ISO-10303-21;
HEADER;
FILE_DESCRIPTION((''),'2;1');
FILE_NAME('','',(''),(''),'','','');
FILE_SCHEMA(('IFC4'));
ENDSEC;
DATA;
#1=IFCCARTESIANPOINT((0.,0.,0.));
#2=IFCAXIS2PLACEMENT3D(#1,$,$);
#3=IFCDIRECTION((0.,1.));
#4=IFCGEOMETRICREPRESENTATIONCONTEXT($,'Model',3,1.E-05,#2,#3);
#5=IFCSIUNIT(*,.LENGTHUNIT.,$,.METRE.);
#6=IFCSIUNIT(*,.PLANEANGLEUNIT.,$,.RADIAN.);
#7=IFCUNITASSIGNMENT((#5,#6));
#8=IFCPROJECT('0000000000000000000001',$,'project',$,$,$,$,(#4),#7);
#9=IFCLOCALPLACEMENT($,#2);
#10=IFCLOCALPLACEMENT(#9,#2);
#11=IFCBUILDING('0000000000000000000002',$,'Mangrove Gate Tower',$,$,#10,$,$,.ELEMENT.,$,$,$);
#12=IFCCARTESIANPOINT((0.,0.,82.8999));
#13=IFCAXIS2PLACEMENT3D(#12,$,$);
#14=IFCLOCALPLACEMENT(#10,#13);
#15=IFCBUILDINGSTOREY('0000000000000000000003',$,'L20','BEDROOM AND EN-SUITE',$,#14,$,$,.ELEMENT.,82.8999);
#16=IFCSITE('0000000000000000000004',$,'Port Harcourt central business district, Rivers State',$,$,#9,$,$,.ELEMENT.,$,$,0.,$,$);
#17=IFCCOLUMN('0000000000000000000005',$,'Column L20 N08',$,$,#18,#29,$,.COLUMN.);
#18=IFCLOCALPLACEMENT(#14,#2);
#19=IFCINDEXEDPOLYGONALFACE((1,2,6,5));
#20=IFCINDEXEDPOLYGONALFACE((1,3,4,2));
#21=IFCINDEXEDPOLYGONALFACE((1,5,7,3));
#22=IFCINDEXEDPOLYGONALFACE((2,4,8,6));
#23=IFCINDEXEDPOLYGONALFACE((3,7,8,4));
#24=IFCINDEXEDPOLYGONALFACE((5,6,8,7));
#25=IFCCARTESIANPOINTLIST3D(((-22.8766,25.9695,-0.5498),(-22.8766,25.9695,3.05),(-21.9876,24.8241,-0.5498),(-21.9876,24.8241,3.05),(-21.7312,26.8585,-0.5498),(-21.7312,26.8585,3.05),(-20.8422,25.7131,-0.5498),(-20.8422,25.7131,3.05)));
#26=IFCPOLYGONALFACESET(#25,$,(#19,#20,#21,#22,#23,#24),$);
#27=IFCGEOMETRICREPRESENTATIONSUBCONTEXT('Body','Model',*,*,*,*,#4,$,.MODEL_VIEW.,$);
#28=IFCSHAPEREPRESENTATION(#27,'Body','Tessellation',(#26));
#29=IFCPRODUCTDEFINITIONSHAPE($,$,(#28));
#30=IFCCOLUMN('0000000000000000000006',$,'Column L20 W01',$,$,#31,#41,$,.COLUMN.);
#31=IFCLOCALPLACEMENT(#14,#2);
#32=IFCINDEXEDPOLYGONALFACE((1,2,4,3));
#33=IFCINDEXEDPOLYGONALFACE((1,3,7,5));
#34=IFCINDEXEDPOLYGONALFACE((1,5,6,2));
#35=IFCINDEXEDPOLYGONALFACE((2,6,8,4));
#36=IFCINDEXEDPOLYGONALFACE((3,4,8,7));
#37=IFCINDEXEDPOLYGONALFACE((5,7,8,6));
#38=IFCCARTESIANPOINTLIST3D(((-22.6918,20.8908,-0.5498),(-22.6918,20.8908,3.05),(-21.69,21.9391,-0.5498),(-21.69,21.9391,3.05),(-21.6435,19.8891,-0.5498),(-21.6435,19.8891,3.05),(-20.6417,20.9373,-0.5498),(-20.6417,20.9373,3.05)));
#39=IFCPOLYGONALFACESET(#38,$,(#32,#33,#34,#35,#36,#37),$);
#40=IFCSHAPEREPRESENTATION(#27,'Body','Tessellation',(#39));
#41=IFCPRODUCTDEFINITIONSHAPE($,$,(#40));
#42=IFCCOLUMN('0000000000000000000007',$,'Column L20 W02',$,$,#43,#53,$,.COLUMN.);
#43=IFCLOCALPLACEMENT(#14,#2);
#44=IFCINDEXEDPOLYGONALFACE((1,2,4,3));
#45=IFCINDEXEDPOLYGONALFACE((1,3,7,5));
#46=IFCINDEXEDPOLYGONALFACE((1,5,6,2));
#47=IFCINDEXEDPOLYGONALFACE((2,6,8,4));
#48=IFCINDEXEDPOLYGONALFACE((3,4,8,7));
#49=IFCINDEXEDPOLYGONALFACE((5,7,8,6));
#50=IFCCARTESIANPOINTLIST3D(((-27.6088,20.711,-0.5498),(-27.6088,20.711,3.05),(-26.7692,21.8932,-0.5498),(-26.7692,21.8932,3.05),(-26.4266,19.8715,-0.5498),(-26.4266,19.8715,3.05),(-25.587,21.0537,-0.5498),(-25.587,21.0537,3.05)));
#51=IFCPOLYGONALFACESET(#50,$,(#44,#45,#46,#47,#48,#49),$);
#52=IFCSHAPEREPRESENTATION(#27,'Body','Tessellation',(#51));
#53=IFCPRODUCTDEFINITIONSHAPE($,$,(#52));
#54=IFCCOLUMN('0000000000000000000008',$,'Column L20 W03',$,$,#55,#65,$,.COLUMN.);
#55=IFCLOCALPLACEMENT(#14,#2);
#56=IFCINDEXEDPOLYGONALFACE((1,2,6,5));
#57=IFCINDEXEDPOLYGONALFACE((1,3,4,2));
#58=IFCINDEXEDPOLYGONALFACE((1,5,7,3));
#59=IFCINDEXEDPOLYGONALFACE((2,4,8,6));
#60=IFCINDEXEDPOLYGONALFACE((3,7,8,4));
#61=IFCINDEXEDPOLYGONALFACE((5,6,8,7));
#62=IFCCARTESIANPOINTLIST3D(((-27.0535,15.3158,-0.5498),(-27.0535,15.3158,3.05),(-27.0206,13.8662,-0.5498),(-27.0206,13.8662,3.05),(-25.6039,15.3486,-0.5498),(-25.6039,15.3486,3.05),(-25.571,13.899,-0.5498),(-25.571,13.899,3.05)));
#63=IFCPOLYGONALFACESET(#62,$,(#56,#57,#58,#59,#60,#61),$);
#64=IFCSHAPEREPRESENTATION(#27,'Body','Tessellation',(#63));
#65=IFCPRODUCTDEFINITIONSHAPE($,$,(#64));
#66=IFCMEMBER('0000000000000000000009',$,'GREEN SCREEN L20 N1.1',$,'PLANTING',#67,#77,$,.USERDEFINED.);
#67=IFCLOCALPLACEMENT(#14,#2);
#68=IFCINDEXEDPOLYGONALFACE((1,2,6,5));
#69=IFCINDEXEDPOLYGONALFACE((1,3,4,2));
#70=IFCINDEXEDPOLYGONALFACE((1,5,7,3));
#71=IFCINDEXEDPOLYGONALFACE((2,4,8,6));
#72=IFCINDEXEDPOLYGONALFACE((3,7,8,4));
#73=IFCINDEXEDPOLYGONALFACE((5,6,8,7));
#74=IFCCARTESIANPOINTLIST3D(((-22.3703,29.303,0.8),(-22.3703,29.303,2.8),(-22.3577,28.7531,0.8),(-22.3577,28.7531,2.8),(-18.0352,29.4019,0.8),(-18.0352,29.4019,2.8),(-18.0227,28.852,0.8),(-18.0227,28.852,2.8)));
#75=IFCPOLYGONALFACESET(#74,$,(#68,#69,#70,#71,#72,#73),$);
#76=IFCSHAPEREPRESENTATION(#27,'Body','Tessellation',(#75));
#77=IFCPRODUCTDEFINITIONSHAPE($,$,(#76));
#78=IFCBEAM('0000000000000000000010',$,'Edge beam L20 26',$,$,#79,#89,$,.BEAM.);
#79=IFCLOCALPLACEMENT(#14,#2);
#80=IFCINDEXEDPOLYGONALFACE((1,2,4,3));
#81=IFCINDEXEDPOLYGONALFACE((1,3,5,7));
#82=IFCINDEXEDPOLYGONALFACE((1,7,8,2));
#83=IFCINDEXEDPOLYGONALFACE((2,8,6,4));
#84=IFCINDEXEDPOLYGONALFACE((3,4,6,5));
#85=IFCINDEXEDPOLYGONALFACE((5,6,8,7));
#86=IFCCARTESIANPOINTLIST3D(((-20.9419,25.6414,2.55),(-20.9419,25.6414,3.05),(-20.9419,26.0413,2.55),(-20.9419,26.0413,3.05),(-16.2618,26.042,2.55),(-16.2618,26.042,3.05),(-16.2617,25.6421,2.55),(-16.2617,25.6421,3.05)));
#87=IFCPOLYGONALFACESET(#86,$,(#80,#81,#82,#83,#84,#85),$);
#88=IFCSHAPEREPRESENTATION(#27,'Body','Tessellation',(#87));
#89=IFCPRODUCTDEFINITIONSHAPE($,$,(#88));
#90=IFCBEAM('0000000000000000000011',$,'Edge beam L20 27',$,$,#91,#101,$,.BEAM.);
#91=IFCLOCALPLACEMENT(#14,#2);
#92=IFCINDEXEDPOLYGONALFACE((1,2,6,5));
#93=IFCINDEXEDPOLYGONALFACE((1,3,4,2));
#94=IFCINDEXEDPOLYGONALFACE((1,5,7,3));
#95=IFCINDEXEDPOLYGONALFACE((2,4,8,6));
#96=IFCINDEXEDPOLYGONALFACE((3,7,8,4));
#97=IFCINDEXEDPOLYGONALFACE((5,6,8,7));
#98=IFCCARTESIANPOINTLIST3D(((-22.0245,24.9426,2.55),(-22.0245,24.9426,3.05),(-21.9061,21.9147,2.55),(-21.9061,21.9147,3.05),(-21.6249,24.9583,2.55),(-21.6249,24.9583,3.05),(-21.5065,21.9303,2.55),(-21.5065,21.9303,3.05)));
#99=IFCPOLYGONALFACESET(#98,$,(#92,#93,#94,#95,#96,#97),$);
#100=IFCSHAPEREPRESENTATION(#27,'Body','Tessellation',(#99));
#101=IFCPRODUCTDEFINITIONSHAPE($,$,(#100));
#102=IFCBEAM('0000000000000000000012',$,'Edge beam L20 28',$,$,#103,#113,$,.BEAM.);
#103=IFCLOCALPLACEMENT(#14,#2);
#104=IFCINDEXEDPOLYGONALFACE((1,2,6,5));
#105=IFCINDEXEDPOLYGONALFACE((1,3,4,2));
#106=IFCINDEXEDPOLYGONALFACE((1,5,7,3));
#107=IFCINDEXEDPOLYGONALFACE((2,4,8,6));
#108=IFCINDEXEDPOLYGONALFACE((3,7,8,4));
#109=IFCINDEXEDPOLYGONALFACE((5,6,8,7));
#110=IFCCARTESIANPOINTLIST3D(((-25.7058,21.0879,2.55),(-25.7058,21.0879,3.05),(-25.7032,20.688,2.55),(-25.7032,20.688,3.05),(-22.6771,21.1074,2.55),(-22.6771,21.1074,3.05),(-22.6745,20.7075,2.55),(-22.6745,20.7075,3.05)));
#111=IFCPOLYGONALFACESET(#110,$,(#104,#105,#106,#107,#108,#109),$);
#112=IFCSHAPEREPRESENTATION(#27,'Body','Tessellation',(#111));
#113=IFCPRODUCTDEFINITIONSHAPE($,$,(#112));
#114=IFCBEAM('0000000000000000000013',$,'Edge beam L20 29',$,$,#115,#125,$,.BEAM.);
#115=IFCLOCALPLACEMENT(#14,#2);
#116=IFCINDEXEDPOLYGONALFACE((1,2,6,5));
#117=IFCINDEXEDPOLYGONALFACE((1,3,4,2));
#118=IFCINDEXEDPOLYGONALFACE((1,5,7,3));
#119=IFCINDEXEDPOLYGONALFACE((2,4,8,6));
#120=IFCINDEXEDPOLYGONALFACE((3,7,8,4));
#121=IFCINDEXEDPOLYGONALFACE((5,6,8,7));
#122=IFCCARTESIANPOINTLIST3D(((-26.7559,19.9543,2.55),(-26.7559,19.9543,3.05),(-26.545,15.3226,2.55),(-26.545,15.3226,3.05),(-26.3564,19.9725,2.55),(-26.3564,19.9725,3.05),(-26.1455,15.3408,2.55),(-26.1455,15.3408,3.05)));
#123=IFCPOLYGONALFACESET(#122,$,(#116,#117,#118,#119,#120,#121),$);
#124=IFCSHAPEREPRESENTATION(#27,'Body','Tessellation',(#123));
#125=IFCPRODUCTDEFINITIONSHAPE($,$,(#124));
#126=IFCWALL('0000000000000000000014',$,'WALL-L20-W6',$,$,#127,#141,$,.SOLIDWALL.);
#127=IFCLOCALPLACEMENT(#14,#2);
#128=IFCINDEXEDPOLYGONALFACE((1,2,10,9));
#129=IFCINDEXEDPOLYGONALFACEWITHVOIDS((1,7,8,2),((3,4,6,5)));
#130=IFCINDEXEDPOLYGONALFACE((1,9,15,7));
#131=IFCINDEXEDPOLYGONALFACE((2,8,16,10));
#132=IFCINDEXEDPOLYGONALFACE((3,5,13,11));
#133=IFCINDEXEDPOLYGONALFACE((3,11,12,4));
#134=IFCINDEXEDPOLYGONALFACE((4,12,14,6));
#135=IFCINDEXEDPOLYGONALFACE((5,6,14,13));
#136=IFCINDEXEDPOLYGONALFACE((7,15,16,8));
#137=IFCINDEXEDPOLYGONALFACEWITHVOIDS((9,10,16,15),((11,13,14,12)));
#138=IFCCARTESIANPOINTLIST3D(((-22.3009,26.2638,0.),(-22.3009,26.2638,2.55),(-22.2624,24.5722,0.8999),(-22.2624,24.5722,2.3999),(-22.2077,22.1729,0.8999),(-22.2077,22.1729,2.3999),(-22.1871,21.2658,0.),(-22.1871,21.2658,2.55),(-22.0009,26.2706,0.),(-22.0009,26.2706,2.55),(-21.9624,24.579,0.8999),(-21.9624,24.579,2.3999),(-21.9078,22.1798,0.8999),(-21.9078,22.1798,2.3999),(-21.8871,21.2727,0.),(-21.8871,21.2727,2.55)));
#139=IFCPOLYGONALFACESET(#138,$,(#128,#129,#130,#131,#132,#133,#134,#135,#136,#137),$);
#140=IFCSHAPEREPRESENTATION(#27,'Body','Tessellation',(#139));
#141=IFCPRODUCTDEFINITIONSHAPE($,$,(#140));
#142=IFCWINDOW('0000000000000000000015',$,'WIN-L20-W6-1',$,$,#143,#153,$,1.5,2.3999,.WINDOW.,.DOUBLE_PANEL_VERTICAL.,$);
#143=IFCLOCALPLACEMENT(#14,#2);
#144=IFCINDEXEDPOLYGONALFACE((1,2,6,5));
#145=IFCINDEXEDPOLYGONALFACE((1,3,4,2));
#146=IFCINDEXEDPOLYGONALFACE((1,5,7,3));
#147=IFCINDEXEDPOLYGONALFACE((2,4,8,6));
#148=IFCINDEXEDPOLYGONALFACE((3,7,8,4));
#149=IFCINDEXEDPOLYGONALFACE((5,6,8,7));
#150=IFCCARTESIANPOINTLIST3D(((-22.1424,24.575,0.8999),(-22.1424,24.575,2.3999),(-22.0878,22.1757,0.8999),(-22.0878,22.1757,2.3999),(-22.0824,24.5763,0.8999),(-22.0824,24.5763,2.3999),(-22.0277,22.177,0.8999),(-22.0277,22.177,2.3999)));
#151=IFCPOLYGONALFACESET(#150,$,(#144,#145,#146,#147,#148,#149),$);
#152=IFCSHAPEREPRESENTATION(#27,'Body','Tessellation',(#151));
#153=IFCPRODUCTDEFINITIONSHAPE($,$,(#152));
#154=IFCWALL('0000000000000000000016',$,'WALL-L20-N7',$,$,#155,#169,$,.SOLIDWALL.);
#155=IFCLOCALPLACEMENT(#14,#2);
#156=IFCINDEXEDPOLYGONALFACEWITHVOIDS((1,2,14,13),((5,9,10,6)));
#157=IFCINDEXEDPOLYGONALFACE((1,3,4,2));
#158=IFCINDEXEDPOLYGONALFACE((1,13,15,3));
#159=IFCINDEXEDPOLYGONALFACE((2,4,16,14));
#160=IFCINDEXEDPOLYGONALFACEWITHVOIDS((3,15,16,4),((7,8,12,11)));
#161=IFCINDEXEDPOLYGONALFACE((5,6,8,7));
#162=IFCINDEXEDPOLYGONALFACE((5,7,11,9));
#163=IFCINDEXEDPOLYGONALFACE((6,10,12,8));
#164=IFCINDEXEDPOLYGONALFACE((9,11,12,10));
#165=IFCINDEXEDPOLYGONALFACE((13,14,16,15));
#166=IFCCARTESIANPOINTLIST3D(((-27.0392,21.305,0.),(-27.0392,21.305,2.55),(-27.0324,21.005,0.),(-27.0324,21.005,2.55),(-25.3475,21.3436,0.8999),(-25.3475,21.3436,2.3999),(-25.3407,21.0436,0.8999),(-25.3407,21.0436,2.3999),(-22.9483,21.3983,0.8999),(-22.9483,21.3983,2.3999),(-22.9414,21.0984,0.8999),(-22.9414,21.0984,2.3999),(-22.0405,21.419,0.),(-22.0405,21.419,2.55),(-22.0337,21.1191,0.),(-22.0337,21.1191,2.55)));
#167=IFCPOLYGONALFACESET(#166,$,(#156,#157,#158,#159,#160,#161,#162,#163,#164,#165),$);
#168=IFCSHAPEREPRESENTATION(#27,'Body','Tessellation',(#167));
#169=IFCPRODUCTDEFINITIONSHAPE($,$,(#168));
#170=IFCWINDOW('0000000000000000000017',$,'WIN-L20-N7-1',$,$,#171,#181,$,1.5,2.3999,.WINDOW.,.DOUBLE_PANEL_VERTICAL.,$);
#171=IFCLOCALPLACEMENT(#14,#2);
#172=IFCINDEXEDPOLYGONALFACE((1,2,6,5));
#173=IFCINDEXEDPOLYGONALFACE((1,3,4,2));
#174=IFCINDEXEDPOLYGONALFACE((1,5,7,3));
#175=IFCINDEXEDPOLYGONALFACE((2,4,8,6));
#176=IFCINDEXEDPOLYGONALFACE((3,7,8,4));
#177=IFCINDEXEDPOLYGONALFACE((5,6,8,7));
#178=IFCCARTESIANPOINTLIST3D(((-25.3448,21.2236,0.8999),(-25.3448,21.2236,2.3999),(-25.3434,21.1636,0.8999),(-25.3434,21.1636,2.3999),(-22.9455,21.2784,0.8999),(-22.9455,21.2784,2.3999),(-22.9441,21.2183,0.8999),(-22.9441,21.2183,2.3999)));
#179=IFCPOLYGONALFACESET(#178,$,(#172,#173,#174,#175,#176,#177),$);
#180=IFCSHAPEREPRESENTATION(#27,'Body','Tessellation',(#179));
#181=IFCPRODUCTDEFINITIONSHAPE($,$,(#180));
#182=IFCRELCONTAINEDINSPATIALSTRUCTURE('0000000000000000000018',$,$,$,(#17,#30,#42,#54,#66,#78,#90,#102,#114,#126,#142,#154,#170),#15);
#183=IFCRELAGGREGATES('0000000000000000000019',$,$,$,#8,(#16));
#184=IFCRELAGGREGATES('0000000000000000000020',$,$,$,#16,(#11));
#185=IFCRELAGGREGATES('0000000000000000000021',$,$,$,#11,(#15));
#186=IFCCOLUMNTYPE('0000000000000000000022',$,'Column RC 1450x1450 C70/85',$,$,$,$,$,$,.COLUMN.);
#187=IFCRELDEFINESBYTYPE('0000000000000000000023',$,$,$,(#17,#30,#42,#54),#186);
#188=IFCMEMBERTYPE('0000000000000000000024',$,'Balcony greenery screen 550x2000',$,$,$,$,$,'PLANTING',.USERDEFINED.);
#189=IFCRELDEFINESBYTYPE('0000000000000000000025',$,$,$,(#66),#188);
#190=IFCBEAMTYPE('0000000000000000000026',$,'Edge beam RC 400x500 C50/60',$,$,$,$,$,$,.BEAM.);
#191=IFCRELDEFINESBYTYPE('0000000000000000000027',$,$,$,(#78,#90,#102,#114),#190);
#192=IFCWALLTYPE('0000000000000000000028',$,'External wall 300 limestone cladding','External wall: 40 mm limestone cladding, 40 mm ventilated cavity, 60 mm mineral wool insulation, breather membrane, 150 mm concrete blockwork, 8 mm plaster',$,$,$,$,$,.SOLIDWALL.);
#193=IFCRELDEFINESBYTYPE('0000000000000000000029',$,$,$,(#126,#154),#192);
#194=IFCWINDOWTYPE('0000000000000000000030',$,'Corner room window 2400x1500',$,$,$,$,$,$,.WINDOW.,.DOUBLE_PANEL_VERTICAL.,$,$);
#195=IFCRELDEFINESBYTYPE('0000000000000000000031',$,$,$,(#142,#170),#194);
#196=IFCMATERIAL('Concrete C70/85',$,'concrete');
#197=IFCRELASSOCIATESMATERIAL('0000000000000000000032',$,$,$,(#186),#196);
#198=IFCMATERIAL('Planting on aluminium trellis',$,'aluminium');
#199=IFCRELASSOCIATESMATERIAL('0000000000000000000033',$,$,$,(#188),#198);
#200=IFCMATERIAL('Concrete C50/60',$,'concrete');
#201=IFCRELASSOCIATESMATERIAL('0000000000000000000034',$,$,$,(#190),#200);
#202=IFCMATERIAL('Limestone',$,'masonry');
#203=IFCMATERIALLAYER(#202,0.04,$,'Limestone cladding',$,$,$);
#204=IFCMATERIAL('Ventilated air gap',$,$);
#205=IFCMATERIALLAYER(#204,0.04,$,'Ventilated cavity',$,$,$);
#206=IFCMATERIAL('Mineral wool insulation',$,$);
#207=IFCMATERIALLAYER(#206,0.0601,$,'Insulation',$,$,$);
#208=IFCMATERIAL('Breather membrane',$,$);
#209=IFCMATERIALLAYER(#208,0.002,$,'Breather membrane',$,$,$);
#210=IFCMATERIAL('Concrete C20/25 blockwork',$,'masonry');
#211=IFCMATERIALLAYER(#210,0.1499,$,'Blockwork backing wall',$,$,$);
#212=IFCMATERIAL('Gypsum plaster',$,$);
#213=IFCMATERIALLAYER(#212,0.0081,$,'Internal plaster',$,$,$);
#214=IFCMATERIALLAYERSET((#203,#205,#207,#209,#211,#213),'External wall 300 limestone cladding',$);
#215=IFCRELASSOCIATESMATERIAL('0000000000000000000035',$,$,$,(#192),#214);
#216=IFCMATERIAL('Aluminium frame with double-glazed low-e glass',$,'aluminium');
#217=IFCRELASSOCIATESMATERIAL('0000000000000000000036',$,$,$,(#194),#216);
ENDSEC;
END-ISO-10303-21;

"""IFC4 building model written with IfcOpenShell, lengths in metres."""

from ifc_helpers import new_model, si_unit, direction, frame, frame_2d, origin, origin_2d, place, context, subcontext, project, spatial, rectangle, extrude, material, layer, layer_set, material_profile, profile_set, type_object, element, fill, save


model = new_model("IFC4")

# Units and contexts
model_context = context("Model", 3, precision=1e-05, world=origin(), true_north=direction((0.0, 1.0)))
body_context = subcontext(model_context, "Body", "Model", "MODEL_VIEW")
ifc_project = project(units=[si_unit("LENGTHUNIT", "METRE"), si_unit("PLANEANGLEUNIT", "RADIAN")], contexts=[model_context])

# Site, building, storey
site_placement = place(None, origin())
site = spatial("IfcSite", under=ifc_project, at=site_placement, Name="Port Harcourt central business district, Rivers State", CompositionType="ELEMENT", RefElevation=0.0)
building_placement = place(site_placement, origin())
building = spatial("IfcBuilding", under=site, at=building_placement, Name="Mangrove Gate Tower", CompositionType="ELEMENT")
storey_placement = place(building_placement, frame((0.0, 0.0, 82.8999)))
storey = spatial("IfcBuildingStorey", under=building, at=storey_placement, Name="L20", Description="BEDROOM AND EN-SUITE", CompositionType="ELEMENT", Elevation=82.8999)

# Columns
ifc_material_1 = material(Name="Concrete C70/85", Category="concrete")
ifc_material_profile_1 = material_profile(ifc_material_1, rectangle(XDim=1.45, YDim=1.45, at=origin_2d()))
ifc_profile_set_1 = profile_set([ifc_material_profile_1], Name="Concrete C70/85")
column_type = type_object("IfcColumnType", Name="Column RC 1450x1450 C70/85", PredefinedType="COLUMN", material=ifc_profile_set_1)
for number, where, z_axis, x_axis, name in (
    (1, (-21.8594, 25.8413, -0.5498), (0.0, 0.0, 1.0), (-0.78998, -0.613133, 0.0), "Column L20 N08"),
    (2, (-21.6667, 20.9141, -0.5498), (0.0, 0.0, 1.0), (-0.690873, -0.722977, 0.0), "Column L20 W01"),
    (3, (-26.5979, 20.8823, -0.5498), (0.0, 0.0, 1.0), (-0.578998, -0.815329, 0.0), "Column L20 W02"),
    (4, (-26.3123, 14.6074, -0.5498), (0.0, 0.0, 1.0), (0.022645, -0.999744, 0.0), "Column L20 W03"),
):
    element("IfcColumn", number, at=place(storey_placement, frame(where, z_axis=z_axis, x_axis=x_axis)), inside=storey, type_object=column_type, Name=name, PredefinedType="COLUMN", context=body_context, shape_type="SweptSolid", body=[
        extrude(rectangle(XDim=1.45, YDim=1.45, at=origin_2d()), origin(), (0.0, 0.0, 1.0), 3.5999),
    ])

# Member
ifc_material_2 = material(Name="Planting on aluminium trellis", Category="aluminium")
ifc_material_profile_2 = material_profile(ifc_material_2, rectangle(XDim=0.55, YDim=2.0, at=origin_2d()))
ifc_profile_set_2 = profile_set([ifc_material_profile_2], Name="Planting on aluminium trellis")
member_type = type_object("IfcMemberType", Name="Balcony greenery screen 550x2000", ElementType="PLANTING", PredefinedType="USERDEFINED", material=ifc_profile_set_2)
member_placement = place(storey_placement, frame((-22.364, 29.0281, 1.8), z_axis=(0.99974, 0.022803, 0.0), x_axis=(-0.022803, 0.99974, 0.0)))
element("IfcMember", 5, at=member_placement, inside=storey, type_object=member_type, Name="GREEN SCREEN L20 N1.1", ObjectType="PLANTING", PredefinedType="USERDEFINED", context=body_context, shape_type="SweptSolid", body=[
    extrude(rectangle(XDim=0.55, YDim=2.0, at=origin_2d()), origin(), (0.0, 0.0, 1.0), 4.3362),
])

# Beams
ifc_material_3 = material(Name="Concrete C50/60", Category="concrete")
ifc_material_profile_3 = material_profile(ifc_material_3, rectangle(XDim=0.3999, YDim=0.5, at=origin_2d()))
ifc_profile_set_3 = profile_set([ifc_material_profile_3], Name="Concrete C50/60")
beam_type = type_object("IfcBeamType", Name="Edge beam RC 400x500 C50/60", PredefinedType="BEAM", material=ifc_profile_set_3)
beam_1_placement = place(storey_placement, frame((-16.2617, 25.842, 2.8), z_axis=(-1.0, -0.000156, 0.0), x_axis=(0.000156, -1.0, 0.0)))
element("IfcBeam", 6, at=beam_1_placement, inside=storey, type_object=beam_type, Name="Edge beam L20 26", PredefinedType="BEAM", context=body_context, shape_type="SweptSolid", body=[
    extrude(rectangle(XDim=0.3999, YDim=0.5, at=origin_2d()), origin(), (0.0, 0.0, 1.0), 4.6802),
])
beam_2_placement = place(storey_placement, frame((-21.8247, 24.9504, 2.8), z_axis=(0.039074, -0.999236, 0.0), x_axis=(0.999236, 0.039074, 0.0)))
element("IfcBeam", 7, at=beam_2_placement, inside=storey, type_object=beam_type, Name="Edge beam L20 27", PredefinedType="BEAM", context=body_context, shape_type="SweptSolid", body=[
    extrude(rectangle(XDim=0.3999, YDim=0.5, at=origin_2d()), origin(), (0.0, 0.0, 1.0), 3.0303),
])
beam_3_placement = place(storey_placement, frame((-22.6758, 20.9075, 2.8), z_axis=(-0.999979, -0.006448, 0.0), x_axis=(0.006448, -0.999979, 0.0)))
element("IfcBeam", 8, at=beam_3_placement, inside=storey, type_object=beam_type, Name="Edge beam L20 28", PredefinedType="BEAM", context=body_context, shape_type="SweptSolid", body=[
    extrude(rectangle(XDim=0.3999, YDim=0.5, at=origin_2d()), origin(), (0.0, 0.0, 1.0), 3.0288),
])
beam_4_placement = place(storey_placement, frame((-26.5562, 19.9634, 2.8), z_axis=(0.045496, -0.998965, 0.0), x_axis=(0.998965, 0.045496, 0.0)))
element("IfcBeam", 9, at=beam_4_placement, inside=storey, type_object=beam_type, Name="Edge beam L20 29", PredefinedType="BEAM", context=body_context, shape_type="SweptSolid", body=[
    extrude(rectangle(XDim=0.3999, YDim=0.5, at=origin_2d()), origin(), (0.0, 0.0, 1.0), 4.6365),
])

# Walls, openings, windows
ifc_material_4 = material(Name="Limestone", Category="masonry")
ifc_layer_1 = layer(ifc_material_4, 0.04, Name="Limestone cladding")
ifc_material_5 = material(Name="Ventilated air gap")
ifc_layer_2 = layer(ifc_material_5, 0.04, Name="Ventilated cavity")
ifc_material_6 = material(Name="Mineral wool insulation")
ifc_layer_3 = layer(ifc_material_6, 0.0601, Name="Insulation")
ifc_material_7 = material(Name="Breather membrane")
ifc_layer_4 = layer(ifc_material_7, 0.002, Name="Breather membrane")
ifc_material_8 = material(Name="Concrete C20/25 blockwork", Category="masonry")
ifc_layer_5 = layer(ifc_material_8, 0.1499, Name="Blockwork backing wall")
ifc_material_9 = material(Name="Gypsum plaster")
ifc_layer_6 = layer(ifc_material_9, 0.0081, Name="Internal plaster")
ifc_layer_set_1 = layer_set([ifc_layer_1, ifc_layer_2, ifc_layer_3, ifc_layer_4, ifc_layer_5, ifc_layer_6], Name="External wall 300 limestone cladding")
wall_type_1 = type_object("IfcWallType", Name="External wall 300 limestone cladding", Description="External wall: 40 mm limestone cladding, 40 mm ventilated cavity, 60 mm mineral wool insulation, breather membrane, 150 mm concrete blockwork, 8 mm plaster", PredefinedType="SOLIDWALL", material=ifc_layer_set_1)
wall_1_placement = place(storey_placement, frame((-22.1509, 26.2671, 0.0), z_axis=(0.0, 0.0, 1.0), x_axis=(0.022757, -0.999741, 0.0)))
wall_1 = element("IfcWall", 10, at=wall_1_placement, inside=storey, type_object=wall_type_1, Name="WALL-L20-W6", PredefinedType="SOLIDWALL", context=body_context, shape_type="SweptSolid", body=[
    extrude(rectangle(XDim=4.9993, YDim=0.3, at=frame_2d((2.4995, 0.0))), origin(), (0.0, 0.0, 1.0), 2.55),
])
opening_1_placement = place(wall_1_placement, frame((1.6919, 0.0, 0.8999)))
opening_1 = element("IfcOpeningElement", 11, at=opening_1_placement, cuts=wall_1, PredefinedType="OPENING", context=body_context, shape_type="SweptSolid", body=[
    extrude(rectangle(XDim=2.3999, YDim=1.5, at=frame_2d((1.2, 0.75))), frame((0.0, 0.1599, 0.0), z_axis=(0.0, -1.0, 0.0), x_axis=(1.0, 0.0, 0.0)), (0.0, 0.0, 1.0), 0.3201),
])
ifc_material_10 = material(Name="Aluminium frame with double-glazed low-e glass", Category="aluminium")
window_type = type_object("IfcWindowType", Name="Corner room window 2400x1500", PartitioningType="DOUBLE_PANEL_VERTICAL", PredefinedType="WINDOW", material=ifc_material_10)
window_1_placement = place(opening_1_placement, origin())
window_1 = element("IfcWindow", 12, at=window_1_placement, inside=storey, type_object=window_type, Name="WIN-L20-W6-1", OverallHeight=1.5, OverallWidth=2.3999, PartitioningType="DOUBLE_PANEL_VERTICAL", PredefinedType="WINDOW", context=body_context, shape_type="SweptSolid", body=[
    extrude(rectangle(XDim=2.3999, YDim=1.5, at=frame_2d((1.2, 0.75))), frame((0.0, 0.03, 0.0), z_axis=(0.0, -1.0, 0.0), x_axis=(1.0, 0.0, 0.0)), (0.0, 0.0, 1.0), 0.0601),
])
fill(opening_1, window_1)
wall_2_placement = place(storey_placement, frame((-22.0371, 21.269, 0.0), z_axis=(0.0, 0.0, 1.0), x_axis=(-0.99974, -0.022802, 0.0)))
wall_2 = element("IfcWall", 13, at=wall_2_placement, inside=storey, type_object=wall_type_1, Name="WALL-L20-N7", PredefinedType="SOLIDWALL", context=body_context, shape_type="SweptSolid", body=[
    extrude(rectangle(XDim=5.0, YDim=0.3, at=frame_2d((2.5, 0.0))), origin(), (0.0, 0.0, 1.0), 2.55),
])
opening_2_placement = place(wall_2_placement, frame((0.908, 0.0, 0.8999)))
opening_2 = element("IfcOpeningElement", 14, at=opening_2_placement, cuts=wall_2, PredefinedType="OPENING", context=body_context, shape_type="SweptSolid", body=[
    extrude(rectangle(XDim=2.3999, YDim=1.5, at=frame_2d((1.2, 0.75))), frame((0.0, 0.1599, 0.0), z_axis=(0.0, -1.0, 0.0), x_axis=(1.0, 0.0, 0.0)), (0.0, 0.0, 1.0), 0.3201),
])
window_2_placement = place(opening_2_placement, origin())
window_2 = element("IfcWindow", 15, at=window_2_placement, inside=storey, type_object=window_type, Name="WIN-L20-N7-1", OverallHeight=1.5, OverallWidth=2.3999, PartitioningType="DOUBLE_PANEL_VERTICAL", PredefinedType="WINDOW", context=body_context, shape_type="SweptSolid", body=[
    extrude(rectangle(XDim=2.3999, YDim=1.5, at=frame_2d((1.2, 0.75))), frame((0.0, 0.03, 0.0), z_axis=(0.0, -1.0, 0.0), x_axis=(1.0, 0.0, 0.0)), (0.0, 0.0, 1.0), 0.0601),
])
fill(opening_2, window_2)

save(model, "model.ifc")
